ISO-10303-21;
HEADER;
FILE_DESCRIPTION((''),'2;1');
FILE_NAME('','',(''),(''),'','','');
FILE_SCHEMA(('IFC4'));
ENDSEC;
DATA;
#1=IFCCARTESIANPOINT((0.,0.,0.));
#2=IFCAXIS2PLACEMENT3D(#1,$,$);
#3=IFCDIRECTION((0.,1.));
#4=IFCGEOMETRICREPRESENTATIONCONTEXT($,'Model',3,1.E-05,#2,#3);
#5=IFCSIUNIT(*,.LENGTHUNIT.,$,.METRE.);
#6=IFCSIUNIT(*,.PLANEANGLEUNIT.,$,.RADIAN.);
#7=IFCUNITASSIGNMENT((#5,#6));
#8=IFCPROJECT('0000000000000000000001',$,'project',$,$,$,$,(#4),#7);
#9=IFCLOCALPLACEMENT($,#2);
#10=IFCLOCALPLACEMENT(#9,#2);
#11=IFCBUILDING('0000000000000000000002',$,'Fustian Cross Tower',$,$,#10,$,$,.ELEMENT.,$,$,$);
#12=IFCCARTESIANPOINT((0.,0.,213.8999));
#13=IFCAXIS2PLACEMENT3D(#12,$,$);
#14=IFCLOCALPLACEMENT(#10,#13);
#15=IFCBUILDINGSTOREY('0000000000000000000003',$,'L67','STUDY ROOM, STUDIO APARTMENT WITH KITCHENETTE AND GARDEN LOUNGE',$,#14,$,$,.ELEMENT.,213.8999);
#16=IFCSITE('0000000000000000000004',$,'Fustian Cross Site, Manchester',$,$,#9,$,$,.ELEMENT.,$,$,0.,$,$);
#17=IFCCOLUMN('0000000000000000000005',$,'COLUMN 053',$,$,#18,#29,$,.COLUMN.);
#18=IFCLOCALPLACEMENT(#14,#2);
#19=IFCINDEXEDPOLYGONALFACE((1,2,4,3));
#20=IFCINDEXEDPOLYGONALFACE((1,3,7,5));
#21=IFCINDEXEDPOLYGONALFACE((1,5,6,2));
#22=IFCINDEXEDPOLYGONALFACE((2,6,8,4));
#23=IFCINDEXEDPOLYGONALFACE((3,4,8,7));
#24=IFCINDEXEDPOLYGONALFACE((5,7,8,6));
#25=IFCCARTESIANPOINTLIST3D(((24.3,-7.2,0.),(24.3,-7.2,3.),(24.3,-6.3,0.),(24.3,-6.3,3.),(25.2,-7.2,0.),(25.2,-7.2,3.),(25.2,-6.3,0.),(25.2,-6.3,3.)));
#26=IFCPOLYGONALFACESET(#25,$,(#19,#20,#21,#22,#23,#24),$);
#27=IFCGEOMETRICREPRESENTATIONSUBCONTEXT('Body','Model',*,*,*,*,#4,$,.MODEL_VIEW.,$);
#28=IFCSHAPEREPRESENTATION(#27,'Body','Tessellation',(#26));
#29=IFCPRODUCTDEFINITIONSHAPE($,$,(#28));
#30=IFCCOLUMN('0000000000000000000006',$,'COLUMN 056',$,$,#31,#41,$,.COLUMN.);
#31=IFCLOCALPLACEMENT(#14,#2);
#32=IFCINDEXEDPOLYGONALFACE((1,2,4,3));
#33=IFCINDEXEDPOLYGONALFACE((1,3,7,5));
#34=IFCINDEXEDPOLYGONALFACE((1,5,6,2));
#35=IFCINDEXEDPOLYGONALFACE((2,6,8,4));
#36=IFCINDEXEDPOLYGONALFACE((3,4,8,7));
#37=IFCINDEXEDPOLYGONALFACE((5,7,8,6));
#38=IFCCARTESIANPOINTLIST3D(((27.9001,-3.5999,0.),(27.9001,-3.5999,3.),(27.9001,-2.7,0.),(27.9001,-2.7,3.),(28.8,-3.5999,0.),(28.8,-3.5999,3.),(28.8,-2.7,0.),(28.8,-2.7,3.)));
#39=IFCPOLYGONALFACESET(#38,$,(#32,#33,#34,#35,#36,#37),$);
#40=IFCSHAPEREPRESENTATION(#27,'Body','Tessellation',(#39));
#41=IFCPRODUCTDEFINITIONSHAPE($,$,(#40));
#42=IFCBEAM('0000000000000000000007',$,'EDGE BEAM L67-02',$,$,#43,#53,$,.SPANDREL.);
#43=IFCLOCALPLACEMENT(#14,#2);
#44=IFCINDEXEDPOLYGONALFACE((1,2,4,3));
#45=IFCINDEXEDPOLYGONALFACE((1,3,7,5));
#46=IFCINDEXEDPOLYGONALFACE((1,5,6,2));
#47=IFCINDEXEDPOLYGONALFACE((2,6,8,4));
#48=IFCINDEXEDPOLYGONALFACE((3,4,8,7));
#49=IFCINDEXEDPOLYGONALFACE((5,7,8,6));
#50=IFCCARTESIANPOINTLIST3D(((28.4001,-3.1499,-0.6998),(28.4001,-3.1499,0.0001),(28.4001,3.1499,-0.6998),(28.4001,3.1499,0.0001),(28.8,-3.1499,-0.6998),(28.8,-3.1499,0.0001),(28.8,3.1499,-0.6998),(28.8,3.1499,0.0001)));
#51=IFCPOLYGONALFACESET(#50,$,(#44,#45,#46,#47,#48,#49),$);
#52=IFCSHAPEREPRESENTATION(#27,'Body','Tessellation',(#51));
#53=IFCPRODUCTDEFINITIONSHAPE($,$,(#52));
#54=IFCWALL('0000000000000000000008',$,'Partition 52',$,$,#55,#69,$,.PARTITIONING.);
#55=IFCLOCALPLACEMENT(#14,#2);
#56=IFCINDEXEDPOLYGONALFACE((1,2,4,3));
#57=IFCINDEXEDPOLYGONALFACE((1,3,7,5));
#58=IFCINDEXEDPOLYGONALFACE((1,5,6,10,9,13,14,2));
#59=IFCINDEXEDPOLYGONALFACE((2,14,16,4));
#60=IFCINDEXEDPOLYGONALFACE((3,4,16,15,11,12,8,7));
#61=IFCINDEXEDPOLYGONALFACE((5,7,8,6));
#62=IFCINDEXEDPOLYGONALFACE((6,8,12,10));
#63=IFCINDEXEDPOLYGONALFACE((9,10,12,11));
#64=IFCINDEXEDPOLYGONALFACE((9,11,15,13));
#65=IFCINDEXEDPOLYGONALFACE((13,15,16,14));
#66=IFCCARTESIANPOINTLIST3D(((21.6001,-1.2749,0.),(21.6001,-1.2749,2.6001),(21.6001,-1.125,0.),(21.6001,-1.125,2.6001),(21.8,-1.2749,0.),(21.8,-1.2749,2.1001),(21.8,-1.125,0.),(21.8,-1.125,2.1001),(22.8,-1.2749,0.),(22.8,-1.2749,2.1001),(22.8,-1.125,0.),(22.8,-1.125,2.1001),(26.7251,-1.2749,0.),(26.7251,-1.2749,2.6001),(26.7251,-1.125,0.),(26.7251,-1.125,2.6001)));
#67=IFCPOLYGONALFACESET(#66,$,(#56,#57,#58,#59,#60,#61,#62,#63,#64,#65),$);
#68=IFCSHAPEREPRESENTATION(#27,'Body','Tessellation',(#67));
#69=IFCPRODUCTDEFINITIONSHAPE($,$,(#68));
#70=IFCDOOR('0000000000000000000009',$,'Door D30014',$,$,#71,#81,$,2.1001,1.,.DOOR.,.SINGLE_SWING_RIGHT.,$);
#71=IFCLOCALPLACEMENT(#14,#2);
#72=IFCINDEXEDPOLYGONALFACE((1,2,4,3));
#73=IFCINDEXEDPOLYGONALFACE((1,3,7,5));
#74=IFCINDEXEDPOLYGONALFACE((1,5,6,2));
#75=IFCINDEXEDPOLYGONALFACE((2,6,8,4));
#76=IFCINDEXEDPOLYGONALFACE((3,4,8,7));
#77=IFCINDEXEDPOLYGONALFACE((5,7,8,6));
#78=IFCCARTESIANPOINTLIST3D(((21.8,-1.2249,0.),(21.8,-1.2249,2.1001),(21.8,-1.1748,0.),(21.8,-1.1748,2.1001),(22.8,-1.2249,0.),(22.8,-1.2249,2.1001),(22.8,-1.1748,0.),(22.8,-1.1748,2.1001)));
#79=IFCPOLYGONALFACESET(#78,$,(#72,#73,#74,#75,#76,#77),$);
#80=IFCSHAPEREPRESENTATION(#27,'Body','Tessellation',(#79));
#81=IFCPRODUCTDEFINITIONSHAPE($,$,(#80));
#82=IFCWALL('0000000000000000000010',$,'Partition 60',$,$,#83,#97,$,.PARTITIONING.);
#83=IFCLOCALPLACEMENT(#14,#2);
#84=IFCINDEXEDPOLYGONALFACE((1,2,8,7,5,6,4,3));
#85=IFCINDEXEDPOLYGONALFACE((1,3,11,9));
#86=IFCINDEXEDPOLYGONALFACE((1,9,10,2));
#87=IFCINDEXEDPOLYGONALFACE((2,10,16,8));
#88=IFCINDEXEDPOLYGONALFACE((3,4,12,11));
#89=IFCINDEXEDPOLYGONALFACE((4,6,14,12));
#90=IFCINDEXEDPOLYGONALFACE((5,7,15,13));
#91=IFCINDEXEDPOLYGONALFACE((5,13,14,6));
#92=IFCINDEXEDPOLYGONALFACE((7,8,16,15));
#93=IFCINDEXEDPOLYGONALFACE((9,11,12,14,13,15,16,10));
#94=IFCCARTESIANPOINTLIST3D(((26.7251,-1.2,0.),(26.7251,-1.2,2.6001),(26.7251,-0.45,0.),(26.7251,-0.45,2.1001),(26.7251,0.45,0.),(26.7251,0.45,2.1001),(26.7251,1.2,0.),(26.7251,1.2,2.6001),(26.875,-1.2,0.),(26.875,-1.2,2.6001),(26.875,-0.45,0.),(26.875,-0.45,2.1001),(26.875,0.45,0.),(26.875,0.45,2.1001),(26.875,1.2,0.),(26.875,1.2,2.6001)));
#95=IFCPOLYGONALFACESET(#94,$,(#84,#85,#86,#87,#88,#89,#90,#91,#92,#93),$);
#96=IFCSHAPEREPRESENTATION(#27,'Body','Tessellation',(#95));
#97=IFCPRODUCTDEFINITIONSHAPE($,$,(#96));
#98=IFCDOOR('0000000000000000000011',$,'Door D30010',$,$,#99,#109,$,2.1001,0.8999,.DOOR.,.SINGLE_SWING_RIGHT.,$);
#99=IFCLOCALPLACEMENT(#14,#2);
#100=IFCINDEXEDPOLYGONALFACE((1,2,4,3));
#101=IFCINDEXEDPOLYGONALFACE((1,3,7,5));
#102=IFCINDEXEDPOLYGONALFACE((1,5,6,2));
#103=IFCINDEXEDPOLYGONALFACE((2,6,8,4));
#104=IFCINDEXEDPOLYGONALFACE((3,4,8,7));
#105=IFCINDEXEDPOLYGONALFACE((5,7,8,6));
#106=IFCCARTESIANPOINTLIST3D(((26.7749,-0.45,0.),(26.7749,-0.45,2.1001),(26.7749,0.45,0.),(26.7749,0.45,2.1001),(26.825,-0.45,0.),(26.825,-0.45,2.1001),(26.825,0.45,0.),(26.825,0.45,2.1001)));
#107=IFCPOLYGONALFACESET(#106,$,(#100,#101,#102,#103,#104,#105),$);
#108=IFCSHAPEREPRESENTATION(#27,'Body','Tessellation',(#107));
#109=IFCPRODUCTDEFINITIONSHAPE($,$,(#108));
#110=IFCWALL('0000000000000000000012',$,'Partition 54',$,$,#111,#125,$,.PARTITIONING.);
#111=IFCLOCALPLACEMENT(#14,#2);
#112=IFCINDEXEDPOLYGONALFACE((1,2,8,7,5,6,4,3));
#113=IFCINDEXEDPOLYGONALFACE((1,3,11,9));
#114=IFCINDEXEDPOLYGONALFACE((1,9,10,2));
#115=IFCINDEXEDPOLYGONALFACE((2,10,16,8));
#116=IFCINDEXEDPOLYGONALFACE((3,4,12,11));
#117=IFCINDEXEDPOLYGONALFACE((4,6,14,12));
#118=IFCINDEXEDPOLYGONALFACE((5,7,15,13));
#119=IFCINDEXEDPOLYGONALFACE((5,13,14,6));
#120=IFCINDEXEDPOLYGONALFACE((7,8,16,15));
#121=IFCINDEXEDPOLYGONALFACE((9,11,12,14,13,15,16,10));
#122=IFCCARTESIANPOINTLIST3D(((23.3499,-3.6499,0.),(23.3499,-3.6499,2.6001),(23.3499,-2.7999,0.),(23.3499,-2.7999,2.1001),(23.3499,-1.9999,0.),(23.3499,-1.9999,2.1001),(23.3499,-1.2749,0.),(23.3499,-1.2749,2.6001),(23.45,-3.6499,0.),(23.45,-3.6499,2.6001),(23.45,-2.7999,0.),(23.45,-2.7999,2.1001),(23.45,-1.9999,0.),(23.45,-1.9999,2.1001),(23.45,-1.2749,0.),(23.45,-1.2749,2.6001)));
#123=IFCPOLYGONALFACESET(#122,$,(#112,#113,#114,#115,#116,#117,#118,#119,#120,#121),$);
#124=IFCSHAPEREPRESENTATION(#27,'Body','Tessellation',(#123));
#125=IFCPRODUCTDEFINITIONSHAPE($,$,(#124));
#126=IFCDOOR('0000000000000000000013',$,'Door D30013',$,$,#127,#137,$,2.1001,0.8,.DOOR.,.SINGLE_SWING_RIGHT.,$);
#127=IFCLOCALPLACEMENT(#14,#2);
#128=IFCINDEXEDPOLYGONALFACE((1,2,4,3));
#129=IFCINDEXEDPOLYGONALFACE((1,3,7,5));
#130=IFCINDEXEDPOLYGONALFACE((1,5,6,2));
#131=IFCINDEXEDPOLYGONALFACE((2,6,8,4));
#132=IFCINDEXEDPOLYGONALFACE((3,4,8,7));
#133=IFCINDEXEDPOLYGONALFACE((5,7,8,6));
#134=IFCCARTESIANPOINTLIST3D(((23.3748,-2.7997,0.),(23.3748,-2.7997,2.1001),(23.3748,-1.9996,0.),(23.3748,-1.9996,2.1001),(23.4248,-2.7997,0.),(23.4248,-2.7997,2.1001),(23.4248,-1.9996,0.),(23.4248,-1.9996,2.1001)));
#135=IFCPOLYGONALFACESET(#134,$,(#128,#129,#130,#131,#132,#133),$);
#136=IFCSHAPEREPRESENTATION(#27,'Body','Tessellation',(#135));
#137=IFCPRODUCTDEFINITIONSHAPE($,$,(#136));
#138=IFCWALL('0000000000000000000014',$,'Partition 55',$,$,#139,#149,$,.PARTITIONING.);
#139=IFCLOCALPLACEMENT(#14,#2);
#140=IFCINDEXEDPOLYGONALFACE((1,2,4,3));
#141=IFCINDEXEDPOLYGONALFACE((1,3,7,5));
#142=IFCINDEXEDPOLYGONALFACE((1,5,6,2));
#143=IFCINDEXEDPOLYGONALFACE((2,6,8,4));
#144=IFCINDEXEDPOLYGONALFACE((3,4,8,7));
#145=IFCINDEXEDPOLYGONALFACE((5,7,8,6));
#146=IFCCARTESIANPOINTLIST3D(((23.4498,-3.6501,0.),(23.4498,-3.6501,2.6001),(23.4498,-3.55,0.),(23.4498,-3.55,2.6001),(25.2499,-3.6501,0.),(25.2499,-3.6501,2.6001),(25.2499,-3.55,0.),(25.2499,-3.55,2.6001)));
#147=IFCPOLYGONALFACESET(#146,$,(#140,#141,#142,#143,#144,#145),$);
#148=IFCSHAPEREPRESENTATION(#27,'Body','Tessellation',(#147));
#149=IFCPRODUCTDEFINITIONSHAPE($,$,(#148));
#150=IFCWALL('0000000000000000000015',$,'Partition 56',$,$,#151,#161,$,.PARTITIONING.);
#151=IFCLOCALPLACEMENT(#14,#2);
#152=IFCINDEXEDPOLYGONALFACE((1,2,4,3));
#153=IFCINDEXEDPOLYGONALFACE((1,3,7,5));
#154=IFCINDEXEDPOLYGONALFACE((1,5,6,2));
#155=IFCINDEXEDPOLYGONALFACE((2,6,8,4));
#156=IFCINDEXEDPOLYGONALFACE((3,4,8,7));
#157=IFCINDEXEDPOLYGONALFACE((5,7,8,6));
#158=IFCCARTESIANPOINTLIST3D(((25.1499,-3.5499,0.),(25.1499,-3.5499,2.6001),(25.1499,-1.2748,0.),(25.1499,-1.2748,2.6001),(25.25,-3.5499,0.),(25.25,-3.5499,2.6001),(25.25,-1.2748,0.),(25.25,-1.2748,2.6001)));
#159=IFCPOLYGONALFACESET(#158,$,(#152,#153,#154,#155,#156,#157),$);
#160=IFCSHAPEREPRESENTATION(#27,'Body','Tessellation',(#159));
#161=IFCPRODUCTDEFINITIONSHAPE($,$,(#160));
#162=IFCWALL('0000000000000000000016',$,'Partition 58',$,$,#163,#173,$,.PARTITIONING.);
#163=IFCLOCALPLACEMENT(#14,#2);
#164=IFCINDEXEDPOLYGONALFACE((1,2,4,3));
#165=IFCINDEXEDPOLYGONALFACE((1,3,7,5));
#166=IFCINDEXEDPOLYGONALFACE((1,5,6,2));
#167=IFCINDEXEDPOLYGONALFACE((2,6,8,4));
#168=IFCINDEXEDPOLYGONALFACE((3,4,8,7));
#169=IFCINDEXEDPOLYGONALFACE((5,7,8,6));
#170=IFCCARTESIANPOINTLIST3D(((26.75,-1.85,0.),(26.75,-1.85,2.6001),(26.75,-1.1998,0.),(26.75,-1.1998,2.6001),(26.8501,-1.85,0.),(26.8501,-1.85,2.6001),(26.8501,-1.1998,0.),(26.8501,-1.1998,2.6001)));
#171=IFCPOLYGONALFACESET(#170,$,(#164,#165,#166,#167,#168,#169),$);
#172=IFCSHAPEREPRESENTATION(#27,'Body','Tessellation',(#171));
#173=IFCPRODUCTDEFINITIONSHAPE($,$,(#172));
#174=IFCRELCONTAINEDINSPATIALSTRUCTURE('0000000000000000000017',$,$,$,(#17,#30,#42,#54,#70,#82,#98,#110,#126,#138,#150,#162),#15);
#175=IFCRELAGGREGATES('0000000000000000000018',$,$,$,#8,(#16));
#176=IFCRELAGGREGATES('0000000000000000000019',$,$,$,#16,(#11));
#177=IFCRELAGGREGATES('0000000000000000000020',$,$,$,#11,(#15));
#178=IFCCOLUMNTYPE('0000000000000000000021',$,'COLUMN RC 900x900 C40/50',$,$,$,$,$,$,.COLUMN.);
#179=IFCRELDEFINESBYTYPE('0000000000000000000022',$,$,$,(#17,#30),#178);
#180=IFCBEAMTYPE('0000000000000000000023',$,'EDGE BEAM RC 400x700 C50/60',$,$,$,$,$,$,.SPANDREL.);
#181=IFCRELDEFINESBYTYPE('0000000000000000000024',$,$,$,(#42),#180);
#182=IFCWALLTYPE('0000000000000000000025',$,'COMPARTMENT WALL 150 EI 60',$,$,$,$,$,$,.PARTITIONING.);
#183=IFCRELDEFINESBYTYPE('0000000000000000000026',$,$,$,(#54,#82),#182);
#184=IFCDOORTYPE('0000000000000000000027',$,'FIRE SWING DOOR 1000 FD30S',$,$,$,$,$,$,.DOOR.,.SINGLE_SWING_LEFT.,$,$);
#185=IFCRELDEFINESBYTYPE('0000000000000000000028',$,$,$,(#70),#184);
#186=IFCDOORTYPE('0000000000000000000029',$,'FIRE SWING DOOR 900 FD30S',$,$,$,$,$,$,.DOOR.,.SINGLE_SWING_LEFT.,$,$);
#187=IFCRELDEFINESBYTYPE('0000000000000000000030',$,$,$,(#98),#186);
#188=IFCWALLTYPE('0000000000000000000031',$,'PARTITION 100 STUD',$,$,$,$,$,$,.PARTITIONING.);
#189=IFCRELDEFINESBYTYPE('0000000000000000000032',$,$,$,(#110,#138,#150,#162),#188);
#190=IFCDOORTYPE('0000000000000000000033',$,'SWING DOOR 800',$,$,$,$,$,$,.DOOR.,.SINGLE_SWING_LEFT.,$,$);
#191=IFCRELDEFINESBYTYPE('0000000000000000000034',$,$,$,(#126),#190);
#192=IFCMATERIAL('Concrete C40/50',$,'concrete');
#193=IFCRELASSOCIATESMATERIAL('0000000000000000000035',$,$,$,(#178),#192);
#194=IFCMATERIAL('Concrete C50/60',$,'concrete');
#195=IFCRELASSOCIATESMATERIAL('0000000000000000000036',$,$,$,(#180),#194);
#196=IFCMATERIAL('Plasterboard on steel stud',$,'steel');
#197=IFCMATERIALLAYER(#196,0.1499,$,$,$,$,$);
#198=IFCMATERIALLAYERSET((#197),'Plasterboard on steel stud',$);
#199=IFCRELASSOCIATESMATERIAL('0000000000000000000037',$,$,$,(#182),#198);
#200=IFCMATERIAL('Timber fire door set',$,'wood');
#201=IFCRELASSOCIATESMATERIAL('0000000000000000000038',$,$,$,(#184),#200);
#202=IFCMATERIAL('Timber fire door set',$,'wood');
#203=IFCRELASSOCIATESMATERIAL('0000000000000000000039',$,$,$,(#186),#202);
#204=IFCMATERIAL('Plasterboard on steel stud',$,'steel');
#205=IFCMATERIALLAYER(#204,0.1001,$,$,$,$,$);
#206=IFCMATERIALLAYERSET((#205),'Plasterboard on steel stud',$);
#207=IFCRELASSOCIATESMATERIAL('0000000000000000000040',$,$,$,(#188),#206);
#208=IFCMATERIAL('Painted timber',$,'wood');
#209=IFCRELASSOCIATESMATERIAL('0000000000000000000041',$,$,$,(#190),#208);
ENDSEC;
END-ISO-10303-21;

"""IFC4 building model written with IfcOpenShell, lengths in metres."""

from ifc_helpers import new_model, si_unit, direction, frame, frame_2d, origin, origin_2d, place, context, subcontext, project, spatial, rectangle, extrude, material, layer, layer_set, material_profile, profile_set, type_object, element, fill, save


model = new_model("IFC4")

# Units and contexts
model_context = context("Model", 3, precision=1e-05, world=origin(), true_north=direction((0.0, 1.0)))
body_context = subcontext(model_context, "Body", "Model", "MODEL_VIEW")
ifc_project = project(units=[si_unit("LENGTHUNIT", "METRE"), si_unit("PLANEANGLEUNIT", "RADIAN")], contexts=[model_context])

# Site, building, storey
site_placement = place(None, origin())
site = spatial("IfcSite", under=ifc_project, at=site_placement, Name="Fustian Cross Site, Manchester", CompositionType="ELEMENT", RefElevation=0.0)
building_placement = place(site_placement, origin())
building = spatial("IfcBuilding", under=site, at=building_placement, Name="Fustian Cross Tower", CompositionType="ELEMENT")
storey_placement = place(building_placement, frame((0.0, 0.0, 213.8999)))
storey = spatial("IfcBuildingStorey", under=building, at=storey_placement, Name="L67", Description="STUDY ROOM, STUDIO APARTMENT WITH KITCHENETTE AND GARDEN LOUNGE", CompositionType="ELEMENT", Elevation=213.8999)

# Columns
ifc_material_1 = material(Name="Concrete C40/50", Category="concrete")
ifc_material_profile_1 = material_profile(ifc_material_1, rectangle(XDim=0.8999, YDim=0.8999, at=origin_2d()), Name="RC 900x900")
ifc_profile_set_1 = profile_set([ifc_material_profile_1], Name="Concrete C40/50")
column_type = type_object("IfcColumnType", Name="COLUMN RC 900x900 C40/50", PredefinedType="COLUMN", material=ifc_profile_set_1)
for number, where, z_axis, x_axis, name in (
    (1, (24.75, -6.75, 0.0), (0.0, 0.0, 1.0), (1.0, 0.0, 0.0), "COLUMN 053"),
    (2, (28.3501, -3.1499, 0.0), (0.0, 0.0, 1.0), (1.0, 0.0, 0.0), "COLUMN 056"),
):
    element("IfcColumn", number, at=place(storey_placement, frame(where, z_axis=z_axis, x_axis=x_axis)), inside=storey, type_object=column_type, Name=name, PredefinedType="COLUMN", context=body_context, shape_type="SweptSolid", body=[
        extrude(rectangle(XDim=0.8999, YDim=0.8999, at=origin_2d()), origin(), (0.0, 0.0, 1.0), 3.0),
    ])

# Beam
ifc_material_2 = material(Name="Concrete C50/60", Category="concrete")
ifc_material_profile_2 = material_profile(ifc_material_2, rectangle(XDim=0.3999, YDim=0.7, at=origin_2d()), Name="RC 400x700")
ifc_profile_set_2 = profile_set([ifc_material_profile_2], Name="Concrete C50/60")
beam_type = type_object("IfcBeamType", Name="EDGE BEAM RC 400x700 C50/60", PredefinedType="SPANDREL", material=ifc_profile_set_2)
beam_placement = place(storey_placement, frame((28.6001, -3.1499, -0.3499), z_axis=(0.0, 1.0, 0.0), x_axis=(-1.0, 0.0, 0.0)))
element("IfcBeam", 3, at=beam_placement, inside=storey, type_object=beam_type, Name="EDGE BEAM L67-02", PredefinedType="SPANDREL", context=body_context, shape_type="SweptSolid", body=[
    extrude(rectangle(XDim=0.3999, YDim=0.7, at=origin_2d()), origin(), (0.0, 0.0, 1.0), 6.2998),
])

# Walls, openings, doors
ifc_material_3 = material(Name="Plasterboard on steel stud", Category="steel")
ifc_layer_1 = layer(ifc_material_3, 0.1499)
ifc_layer_set_1 = layer_set([ifc_layer_1], Name="Plasterboard on steel stud")
wall_type_1 = type_object("IfcWallType", Name="COMPARTMENT WALL 150 EI 60", PredefinedType="PARTITIONING", material=ifc_layer_set_1)
wall_1_placement = place(storey_placement, frame((21.6001, -1.2, 0.0), z_axis=(0.0, 0.0, 1.0), x_axis=(1.0, 0.0, 0.0)))
wall_1 = element("IfcWall", 4, at=wall_1_placement, inside=storey, type_object=wall_type_1, Name="Partition 52", PredefinedType="PARTITIONING", context=body_context, shape_type="SweptSolid", body=[
    extrude(rectangle(XDim=5.125, YDim=0.1499, at=frame_2d((2.5625, 0.0))), origin(), (0.0, 0.0, 1.0), 2.6001),
])
opening_1_placement = place(wall_1_placement, frame((0.2, 0.0, 0.0)))
opening_1 = element("IfcOpeningElement", 5, at=opening_1_placement, cuts=wall_1, PredefinedType="OPENING", context=body_context, shape_type="SweptSolid", body=[
    extrude(rectangle(XDim=1.0, YDim=2.1001, at=frame_2d((0.5, 1.05))), frame((0.0, 0.085, 0.0), z_axis=(0.0, -1.0, 0.0), x_axis=(1.0, 0.0, 0.0)), (0.0, 0.0, 1.0), 0.1699),
])
ifc_material_4 = material(Name="Timber fire door set", Category="wood")
door_type_1 = type_object("IfcDoorType", Name="FIRE SWING DOOR 1000 FD30S", OperationType="SINGLE_SWING_LEFT", PredefinedType="DOOR", material=ifc_material_4)
door_1_placement = place(opening_1_placement, frame((1.0, 0.0, 0.0), z_axis=(0.0, 0.0, 1.0), x_axis=(-1.0, 0.0, 0.0)))
door_1 = element("IfcDoor", 6, at=door_1_placement, inside=storey, type_object=door_type_1, Name="Door D30014", OperationType="SINGLE_SWING_RIGHT", OverallHeight=2.1001, OverallWidth=1.0, PredefinedType="DOOR", context=body_context, shape_type="SweptSolid", body=[
    extrude(rectangle(XDim=1.0, YDim=2.1001, at=frame_2d((0.5, 1.05))), frame((0.0, 0.0249, 0.0), z_axis=(0.0, -1.0, 0.0), x_axis=(1.0, 0.0, 0.0)), (0.0, 0.0, 1.0), 0.05),
])
fill(opening_1, door_1)
wall_2_placement = place(storey_placement, frame((26.8, -1.2, 0.0), z_axis=(0.0, 0.0, 1.0), x_axis=(0.0, 1.0, 0.0)))
wall_2 = element("IfcWall", 7, at=wall_2_placement, inside=storey, type_object=wall_type_1, Name="Partition 60", PredefinedType="PARTITIONING", context=body_context, shape_type="SweptSolid", body=[
    extrude(rectangle(XDim=2.3999, YDim=0.1499, at=frame_2d((1.2, 0.0))), origin(), (0.0, 0.0, 1.0), 2.6001),
])
opening_2_placement = place(wall_2_placement, frame((0.75, 0.0, 0.0)))
opening_2 = element("IfcOpeningElement", 8, at=opening_2_placement, cuts=wall_2, PredefinedType="OPENING", context=body_context, shape_type="SweptSolid", body=[
    extrude(rectangle(XDim=0.8999, YDim=2.1001, at=frame_2d((0.45, 1.05))), frame((0.0, 0.085, 0.0), z_axis=(0.0, -1.0, 0.0), x_axis=(1.0, 0.0, 0.0)), (0.0, 0.0, 1.0), 0.1699),
])
ifc_material_5 = material(Name="Timber fire door set", Category="wood")
door_type_2 = type_object("IfcDoorType", Name="FIRE SWING DOOR 900 FD30S", OperationType="SINGLE_SWING_LEFT", PredefinedType="DOOR", material=ifc_material_5)
door_2_placement = place(opening_2_placement, frame((0.8999, 0.0, 0.0), z_axis=(0.0, 0.0, 1.0), x_axis=(-1.0, 0.0, 0.0)))
door_2 = element("IfcDoor", 9, at=door_2_placement, inside=storey, type_object=door_type_2, Name="Door D30010", OperationType="SINGLE_SWING_RIGHT", OverallHeight=2.1001, OverallWidth=0.8999, PredefinedType="DOOR", context=body_context, shape_type="SweptSolid", body=[
    extrude(rectangle(XDim=0.8999, YDim=2.1001, at=frame_2d((0.45, 1.05))), frame((0.0, 0.0249, 0.0), z_axis=(0.0, -1.0, 0.0), x_axis=(1.0, 0.0, 0.0)), (0.0, 0.0, 1.0), 0.05),
])
fill(opening_2, door_2)
ifc_material_6 = material(Name="Plasterboard on steel stud", Category="steel")
ifc_layer_2 = layer(ifc_material_6, 0.1001)
ifc_layer_set_2 = layer_set([ifc_layer_2], Name="Plasterboard on steel stud")
wall_type_2 = type_object("IfcWallType", Name="PARTITION 100 STUD", PredefinedType="PARTITIONING", material=ifc_layer_set_2)
wall_3_placement = place(storey_placement, frame((23.3999, -3.6499, 0.0), z_axis=(0.0, 0.0, 1.0), x_axis=(0.0, 1.0, 0.0)))
wall_3 = element("IfcWall", 10, at=wall_3_placement, inside=storey, type_object=wall_type_2, Name="Partition 54", PredefinedType="PARTITIONING", context=body_context, shape_type="SweptSolid", body=[
    extrude(rectangle(XDim=2.375, YDim=0.1001, at=frame_2d((1.1875, 0.0))), origin(), (0.0, 0.0, 1.0), 2.6001),
])
opening_3_placement = place(wall_3_placement, frame((0.8501, 0.0, 0.0)))
opening_3 = element("IfcOpeningElement", 11, at=opening_3_placement, cuts=wall_3, PredefinedType="OPENING", context=body_context, shape_type="SweptSolid", body=[
    extrude(rectangle(XDim=0.8, YDim=2.1001, at=frame_2d((0.3999, 1.05))), frame((0.0, 0.0601, 0.0), z_axis=(0.0, -1.0, 0.0), x_axis=(1.0, 0.0, 0.0)), (0.0, 0.0, 1.0), 0.1201),
])
ifc_material_7 = material(Name="Painted timber", Category="wood")
door_type_3 = type_object("IfcDoorType", Name="SWING DOOR 800", OperationType="SINGLE_SWING_LEFT", PredefinedType="DOOR", material=ifc_material_7)
door_3_placement = place(opening_3_placement, frame((0.8, 0.0, 0.0), z_axis=(0.0, 0.0, 1.0), x_axis=(-1.0, 0.0, 0.0)))
door_3 = element("IfcDoor", 12, at=door_3_placement, inside=storey, type_object=door_type_3, Name="Door D30013", OperationType="SINGLE_SWING_RIGHT", OverallHeight=2.1001, OverallWidth=0.8, PredefinedType="DOOR", context=body_context, shape_type="SweptSolid", body=[
    extrude(rectangle(XDim=0.8, YDim=2.1001, at=frame_2d((0.3999, 1.05))), frame((0.0, 0.0249, 0.0), z_axis=(0.0, -1.0, 0.0), x_axis=(1.0, 0.0, 0.0)), (0.0, 0.0, 1.0), 0.05),
])
fill(opening_3, door_3)

# Walls
wall_4_placement = place(storey_placement, frame((23.45, -3.6001, 0.0), z_axis=(0.0, 0.0, 1.0), x_axis=(1.0, 0.0, 0.0)))
element("IfcWall", 13, at=wall_4_placement, inside=storey, type_object=wall_type_2, Name="Partition 55", PredefinedType="PARTITIONING", context=body_context, shape_type="SweptSolid", body=[
    extrude(rectangle(XDim=1.8, YDim=0.1001, at=frame_2d((0.8999, 0.0))), origin(), (0.0, 0.0, 1.0), 2.6001),
])
wall_5_placement = place(storey_placement, frame((25.2, -3.55, 0.0), z_axis=(0.0, 0.0, 1.0), x_axis=(0.0, 1.0, 0.0)))
element("IfcWall", 14, at=wall_5_placement, inside=storey, type_object=wall_type_2, Name="Partition 56", PredefinedType="PARTITIONING", context=body_context, shape_type="SweptSolid", body=[
    extrude(rectangle(XDim=2.2751, YDim=0.1001, at=frame_2d((1.1377, 0.0))), origin(), (0.0, 0.0, 1.0), 2.6001),
])
wall_6_placement = place(storey_placement, frame((26.8, -1.8501, 0.0), z_axis=(0.0, 0.0, 1.0), x_axis=(0.0, 1.0, 0.0)))
element("IfcWall", 15, at=wall_6_placement, inside=storey, type_object=wall_type_2, Name="Partition 58", PredefinedType="PARTITIONING", context=body_context, shape_type="SweptSolid", body=[
    extrude(rectangle(XDim=0.6501, YDim=0.1001, at=frame_2d((0.3252, 0.0))), origin(), (0.0, 0.0, 1.0), 2.6001),
])

save(model, "model.ifc")
